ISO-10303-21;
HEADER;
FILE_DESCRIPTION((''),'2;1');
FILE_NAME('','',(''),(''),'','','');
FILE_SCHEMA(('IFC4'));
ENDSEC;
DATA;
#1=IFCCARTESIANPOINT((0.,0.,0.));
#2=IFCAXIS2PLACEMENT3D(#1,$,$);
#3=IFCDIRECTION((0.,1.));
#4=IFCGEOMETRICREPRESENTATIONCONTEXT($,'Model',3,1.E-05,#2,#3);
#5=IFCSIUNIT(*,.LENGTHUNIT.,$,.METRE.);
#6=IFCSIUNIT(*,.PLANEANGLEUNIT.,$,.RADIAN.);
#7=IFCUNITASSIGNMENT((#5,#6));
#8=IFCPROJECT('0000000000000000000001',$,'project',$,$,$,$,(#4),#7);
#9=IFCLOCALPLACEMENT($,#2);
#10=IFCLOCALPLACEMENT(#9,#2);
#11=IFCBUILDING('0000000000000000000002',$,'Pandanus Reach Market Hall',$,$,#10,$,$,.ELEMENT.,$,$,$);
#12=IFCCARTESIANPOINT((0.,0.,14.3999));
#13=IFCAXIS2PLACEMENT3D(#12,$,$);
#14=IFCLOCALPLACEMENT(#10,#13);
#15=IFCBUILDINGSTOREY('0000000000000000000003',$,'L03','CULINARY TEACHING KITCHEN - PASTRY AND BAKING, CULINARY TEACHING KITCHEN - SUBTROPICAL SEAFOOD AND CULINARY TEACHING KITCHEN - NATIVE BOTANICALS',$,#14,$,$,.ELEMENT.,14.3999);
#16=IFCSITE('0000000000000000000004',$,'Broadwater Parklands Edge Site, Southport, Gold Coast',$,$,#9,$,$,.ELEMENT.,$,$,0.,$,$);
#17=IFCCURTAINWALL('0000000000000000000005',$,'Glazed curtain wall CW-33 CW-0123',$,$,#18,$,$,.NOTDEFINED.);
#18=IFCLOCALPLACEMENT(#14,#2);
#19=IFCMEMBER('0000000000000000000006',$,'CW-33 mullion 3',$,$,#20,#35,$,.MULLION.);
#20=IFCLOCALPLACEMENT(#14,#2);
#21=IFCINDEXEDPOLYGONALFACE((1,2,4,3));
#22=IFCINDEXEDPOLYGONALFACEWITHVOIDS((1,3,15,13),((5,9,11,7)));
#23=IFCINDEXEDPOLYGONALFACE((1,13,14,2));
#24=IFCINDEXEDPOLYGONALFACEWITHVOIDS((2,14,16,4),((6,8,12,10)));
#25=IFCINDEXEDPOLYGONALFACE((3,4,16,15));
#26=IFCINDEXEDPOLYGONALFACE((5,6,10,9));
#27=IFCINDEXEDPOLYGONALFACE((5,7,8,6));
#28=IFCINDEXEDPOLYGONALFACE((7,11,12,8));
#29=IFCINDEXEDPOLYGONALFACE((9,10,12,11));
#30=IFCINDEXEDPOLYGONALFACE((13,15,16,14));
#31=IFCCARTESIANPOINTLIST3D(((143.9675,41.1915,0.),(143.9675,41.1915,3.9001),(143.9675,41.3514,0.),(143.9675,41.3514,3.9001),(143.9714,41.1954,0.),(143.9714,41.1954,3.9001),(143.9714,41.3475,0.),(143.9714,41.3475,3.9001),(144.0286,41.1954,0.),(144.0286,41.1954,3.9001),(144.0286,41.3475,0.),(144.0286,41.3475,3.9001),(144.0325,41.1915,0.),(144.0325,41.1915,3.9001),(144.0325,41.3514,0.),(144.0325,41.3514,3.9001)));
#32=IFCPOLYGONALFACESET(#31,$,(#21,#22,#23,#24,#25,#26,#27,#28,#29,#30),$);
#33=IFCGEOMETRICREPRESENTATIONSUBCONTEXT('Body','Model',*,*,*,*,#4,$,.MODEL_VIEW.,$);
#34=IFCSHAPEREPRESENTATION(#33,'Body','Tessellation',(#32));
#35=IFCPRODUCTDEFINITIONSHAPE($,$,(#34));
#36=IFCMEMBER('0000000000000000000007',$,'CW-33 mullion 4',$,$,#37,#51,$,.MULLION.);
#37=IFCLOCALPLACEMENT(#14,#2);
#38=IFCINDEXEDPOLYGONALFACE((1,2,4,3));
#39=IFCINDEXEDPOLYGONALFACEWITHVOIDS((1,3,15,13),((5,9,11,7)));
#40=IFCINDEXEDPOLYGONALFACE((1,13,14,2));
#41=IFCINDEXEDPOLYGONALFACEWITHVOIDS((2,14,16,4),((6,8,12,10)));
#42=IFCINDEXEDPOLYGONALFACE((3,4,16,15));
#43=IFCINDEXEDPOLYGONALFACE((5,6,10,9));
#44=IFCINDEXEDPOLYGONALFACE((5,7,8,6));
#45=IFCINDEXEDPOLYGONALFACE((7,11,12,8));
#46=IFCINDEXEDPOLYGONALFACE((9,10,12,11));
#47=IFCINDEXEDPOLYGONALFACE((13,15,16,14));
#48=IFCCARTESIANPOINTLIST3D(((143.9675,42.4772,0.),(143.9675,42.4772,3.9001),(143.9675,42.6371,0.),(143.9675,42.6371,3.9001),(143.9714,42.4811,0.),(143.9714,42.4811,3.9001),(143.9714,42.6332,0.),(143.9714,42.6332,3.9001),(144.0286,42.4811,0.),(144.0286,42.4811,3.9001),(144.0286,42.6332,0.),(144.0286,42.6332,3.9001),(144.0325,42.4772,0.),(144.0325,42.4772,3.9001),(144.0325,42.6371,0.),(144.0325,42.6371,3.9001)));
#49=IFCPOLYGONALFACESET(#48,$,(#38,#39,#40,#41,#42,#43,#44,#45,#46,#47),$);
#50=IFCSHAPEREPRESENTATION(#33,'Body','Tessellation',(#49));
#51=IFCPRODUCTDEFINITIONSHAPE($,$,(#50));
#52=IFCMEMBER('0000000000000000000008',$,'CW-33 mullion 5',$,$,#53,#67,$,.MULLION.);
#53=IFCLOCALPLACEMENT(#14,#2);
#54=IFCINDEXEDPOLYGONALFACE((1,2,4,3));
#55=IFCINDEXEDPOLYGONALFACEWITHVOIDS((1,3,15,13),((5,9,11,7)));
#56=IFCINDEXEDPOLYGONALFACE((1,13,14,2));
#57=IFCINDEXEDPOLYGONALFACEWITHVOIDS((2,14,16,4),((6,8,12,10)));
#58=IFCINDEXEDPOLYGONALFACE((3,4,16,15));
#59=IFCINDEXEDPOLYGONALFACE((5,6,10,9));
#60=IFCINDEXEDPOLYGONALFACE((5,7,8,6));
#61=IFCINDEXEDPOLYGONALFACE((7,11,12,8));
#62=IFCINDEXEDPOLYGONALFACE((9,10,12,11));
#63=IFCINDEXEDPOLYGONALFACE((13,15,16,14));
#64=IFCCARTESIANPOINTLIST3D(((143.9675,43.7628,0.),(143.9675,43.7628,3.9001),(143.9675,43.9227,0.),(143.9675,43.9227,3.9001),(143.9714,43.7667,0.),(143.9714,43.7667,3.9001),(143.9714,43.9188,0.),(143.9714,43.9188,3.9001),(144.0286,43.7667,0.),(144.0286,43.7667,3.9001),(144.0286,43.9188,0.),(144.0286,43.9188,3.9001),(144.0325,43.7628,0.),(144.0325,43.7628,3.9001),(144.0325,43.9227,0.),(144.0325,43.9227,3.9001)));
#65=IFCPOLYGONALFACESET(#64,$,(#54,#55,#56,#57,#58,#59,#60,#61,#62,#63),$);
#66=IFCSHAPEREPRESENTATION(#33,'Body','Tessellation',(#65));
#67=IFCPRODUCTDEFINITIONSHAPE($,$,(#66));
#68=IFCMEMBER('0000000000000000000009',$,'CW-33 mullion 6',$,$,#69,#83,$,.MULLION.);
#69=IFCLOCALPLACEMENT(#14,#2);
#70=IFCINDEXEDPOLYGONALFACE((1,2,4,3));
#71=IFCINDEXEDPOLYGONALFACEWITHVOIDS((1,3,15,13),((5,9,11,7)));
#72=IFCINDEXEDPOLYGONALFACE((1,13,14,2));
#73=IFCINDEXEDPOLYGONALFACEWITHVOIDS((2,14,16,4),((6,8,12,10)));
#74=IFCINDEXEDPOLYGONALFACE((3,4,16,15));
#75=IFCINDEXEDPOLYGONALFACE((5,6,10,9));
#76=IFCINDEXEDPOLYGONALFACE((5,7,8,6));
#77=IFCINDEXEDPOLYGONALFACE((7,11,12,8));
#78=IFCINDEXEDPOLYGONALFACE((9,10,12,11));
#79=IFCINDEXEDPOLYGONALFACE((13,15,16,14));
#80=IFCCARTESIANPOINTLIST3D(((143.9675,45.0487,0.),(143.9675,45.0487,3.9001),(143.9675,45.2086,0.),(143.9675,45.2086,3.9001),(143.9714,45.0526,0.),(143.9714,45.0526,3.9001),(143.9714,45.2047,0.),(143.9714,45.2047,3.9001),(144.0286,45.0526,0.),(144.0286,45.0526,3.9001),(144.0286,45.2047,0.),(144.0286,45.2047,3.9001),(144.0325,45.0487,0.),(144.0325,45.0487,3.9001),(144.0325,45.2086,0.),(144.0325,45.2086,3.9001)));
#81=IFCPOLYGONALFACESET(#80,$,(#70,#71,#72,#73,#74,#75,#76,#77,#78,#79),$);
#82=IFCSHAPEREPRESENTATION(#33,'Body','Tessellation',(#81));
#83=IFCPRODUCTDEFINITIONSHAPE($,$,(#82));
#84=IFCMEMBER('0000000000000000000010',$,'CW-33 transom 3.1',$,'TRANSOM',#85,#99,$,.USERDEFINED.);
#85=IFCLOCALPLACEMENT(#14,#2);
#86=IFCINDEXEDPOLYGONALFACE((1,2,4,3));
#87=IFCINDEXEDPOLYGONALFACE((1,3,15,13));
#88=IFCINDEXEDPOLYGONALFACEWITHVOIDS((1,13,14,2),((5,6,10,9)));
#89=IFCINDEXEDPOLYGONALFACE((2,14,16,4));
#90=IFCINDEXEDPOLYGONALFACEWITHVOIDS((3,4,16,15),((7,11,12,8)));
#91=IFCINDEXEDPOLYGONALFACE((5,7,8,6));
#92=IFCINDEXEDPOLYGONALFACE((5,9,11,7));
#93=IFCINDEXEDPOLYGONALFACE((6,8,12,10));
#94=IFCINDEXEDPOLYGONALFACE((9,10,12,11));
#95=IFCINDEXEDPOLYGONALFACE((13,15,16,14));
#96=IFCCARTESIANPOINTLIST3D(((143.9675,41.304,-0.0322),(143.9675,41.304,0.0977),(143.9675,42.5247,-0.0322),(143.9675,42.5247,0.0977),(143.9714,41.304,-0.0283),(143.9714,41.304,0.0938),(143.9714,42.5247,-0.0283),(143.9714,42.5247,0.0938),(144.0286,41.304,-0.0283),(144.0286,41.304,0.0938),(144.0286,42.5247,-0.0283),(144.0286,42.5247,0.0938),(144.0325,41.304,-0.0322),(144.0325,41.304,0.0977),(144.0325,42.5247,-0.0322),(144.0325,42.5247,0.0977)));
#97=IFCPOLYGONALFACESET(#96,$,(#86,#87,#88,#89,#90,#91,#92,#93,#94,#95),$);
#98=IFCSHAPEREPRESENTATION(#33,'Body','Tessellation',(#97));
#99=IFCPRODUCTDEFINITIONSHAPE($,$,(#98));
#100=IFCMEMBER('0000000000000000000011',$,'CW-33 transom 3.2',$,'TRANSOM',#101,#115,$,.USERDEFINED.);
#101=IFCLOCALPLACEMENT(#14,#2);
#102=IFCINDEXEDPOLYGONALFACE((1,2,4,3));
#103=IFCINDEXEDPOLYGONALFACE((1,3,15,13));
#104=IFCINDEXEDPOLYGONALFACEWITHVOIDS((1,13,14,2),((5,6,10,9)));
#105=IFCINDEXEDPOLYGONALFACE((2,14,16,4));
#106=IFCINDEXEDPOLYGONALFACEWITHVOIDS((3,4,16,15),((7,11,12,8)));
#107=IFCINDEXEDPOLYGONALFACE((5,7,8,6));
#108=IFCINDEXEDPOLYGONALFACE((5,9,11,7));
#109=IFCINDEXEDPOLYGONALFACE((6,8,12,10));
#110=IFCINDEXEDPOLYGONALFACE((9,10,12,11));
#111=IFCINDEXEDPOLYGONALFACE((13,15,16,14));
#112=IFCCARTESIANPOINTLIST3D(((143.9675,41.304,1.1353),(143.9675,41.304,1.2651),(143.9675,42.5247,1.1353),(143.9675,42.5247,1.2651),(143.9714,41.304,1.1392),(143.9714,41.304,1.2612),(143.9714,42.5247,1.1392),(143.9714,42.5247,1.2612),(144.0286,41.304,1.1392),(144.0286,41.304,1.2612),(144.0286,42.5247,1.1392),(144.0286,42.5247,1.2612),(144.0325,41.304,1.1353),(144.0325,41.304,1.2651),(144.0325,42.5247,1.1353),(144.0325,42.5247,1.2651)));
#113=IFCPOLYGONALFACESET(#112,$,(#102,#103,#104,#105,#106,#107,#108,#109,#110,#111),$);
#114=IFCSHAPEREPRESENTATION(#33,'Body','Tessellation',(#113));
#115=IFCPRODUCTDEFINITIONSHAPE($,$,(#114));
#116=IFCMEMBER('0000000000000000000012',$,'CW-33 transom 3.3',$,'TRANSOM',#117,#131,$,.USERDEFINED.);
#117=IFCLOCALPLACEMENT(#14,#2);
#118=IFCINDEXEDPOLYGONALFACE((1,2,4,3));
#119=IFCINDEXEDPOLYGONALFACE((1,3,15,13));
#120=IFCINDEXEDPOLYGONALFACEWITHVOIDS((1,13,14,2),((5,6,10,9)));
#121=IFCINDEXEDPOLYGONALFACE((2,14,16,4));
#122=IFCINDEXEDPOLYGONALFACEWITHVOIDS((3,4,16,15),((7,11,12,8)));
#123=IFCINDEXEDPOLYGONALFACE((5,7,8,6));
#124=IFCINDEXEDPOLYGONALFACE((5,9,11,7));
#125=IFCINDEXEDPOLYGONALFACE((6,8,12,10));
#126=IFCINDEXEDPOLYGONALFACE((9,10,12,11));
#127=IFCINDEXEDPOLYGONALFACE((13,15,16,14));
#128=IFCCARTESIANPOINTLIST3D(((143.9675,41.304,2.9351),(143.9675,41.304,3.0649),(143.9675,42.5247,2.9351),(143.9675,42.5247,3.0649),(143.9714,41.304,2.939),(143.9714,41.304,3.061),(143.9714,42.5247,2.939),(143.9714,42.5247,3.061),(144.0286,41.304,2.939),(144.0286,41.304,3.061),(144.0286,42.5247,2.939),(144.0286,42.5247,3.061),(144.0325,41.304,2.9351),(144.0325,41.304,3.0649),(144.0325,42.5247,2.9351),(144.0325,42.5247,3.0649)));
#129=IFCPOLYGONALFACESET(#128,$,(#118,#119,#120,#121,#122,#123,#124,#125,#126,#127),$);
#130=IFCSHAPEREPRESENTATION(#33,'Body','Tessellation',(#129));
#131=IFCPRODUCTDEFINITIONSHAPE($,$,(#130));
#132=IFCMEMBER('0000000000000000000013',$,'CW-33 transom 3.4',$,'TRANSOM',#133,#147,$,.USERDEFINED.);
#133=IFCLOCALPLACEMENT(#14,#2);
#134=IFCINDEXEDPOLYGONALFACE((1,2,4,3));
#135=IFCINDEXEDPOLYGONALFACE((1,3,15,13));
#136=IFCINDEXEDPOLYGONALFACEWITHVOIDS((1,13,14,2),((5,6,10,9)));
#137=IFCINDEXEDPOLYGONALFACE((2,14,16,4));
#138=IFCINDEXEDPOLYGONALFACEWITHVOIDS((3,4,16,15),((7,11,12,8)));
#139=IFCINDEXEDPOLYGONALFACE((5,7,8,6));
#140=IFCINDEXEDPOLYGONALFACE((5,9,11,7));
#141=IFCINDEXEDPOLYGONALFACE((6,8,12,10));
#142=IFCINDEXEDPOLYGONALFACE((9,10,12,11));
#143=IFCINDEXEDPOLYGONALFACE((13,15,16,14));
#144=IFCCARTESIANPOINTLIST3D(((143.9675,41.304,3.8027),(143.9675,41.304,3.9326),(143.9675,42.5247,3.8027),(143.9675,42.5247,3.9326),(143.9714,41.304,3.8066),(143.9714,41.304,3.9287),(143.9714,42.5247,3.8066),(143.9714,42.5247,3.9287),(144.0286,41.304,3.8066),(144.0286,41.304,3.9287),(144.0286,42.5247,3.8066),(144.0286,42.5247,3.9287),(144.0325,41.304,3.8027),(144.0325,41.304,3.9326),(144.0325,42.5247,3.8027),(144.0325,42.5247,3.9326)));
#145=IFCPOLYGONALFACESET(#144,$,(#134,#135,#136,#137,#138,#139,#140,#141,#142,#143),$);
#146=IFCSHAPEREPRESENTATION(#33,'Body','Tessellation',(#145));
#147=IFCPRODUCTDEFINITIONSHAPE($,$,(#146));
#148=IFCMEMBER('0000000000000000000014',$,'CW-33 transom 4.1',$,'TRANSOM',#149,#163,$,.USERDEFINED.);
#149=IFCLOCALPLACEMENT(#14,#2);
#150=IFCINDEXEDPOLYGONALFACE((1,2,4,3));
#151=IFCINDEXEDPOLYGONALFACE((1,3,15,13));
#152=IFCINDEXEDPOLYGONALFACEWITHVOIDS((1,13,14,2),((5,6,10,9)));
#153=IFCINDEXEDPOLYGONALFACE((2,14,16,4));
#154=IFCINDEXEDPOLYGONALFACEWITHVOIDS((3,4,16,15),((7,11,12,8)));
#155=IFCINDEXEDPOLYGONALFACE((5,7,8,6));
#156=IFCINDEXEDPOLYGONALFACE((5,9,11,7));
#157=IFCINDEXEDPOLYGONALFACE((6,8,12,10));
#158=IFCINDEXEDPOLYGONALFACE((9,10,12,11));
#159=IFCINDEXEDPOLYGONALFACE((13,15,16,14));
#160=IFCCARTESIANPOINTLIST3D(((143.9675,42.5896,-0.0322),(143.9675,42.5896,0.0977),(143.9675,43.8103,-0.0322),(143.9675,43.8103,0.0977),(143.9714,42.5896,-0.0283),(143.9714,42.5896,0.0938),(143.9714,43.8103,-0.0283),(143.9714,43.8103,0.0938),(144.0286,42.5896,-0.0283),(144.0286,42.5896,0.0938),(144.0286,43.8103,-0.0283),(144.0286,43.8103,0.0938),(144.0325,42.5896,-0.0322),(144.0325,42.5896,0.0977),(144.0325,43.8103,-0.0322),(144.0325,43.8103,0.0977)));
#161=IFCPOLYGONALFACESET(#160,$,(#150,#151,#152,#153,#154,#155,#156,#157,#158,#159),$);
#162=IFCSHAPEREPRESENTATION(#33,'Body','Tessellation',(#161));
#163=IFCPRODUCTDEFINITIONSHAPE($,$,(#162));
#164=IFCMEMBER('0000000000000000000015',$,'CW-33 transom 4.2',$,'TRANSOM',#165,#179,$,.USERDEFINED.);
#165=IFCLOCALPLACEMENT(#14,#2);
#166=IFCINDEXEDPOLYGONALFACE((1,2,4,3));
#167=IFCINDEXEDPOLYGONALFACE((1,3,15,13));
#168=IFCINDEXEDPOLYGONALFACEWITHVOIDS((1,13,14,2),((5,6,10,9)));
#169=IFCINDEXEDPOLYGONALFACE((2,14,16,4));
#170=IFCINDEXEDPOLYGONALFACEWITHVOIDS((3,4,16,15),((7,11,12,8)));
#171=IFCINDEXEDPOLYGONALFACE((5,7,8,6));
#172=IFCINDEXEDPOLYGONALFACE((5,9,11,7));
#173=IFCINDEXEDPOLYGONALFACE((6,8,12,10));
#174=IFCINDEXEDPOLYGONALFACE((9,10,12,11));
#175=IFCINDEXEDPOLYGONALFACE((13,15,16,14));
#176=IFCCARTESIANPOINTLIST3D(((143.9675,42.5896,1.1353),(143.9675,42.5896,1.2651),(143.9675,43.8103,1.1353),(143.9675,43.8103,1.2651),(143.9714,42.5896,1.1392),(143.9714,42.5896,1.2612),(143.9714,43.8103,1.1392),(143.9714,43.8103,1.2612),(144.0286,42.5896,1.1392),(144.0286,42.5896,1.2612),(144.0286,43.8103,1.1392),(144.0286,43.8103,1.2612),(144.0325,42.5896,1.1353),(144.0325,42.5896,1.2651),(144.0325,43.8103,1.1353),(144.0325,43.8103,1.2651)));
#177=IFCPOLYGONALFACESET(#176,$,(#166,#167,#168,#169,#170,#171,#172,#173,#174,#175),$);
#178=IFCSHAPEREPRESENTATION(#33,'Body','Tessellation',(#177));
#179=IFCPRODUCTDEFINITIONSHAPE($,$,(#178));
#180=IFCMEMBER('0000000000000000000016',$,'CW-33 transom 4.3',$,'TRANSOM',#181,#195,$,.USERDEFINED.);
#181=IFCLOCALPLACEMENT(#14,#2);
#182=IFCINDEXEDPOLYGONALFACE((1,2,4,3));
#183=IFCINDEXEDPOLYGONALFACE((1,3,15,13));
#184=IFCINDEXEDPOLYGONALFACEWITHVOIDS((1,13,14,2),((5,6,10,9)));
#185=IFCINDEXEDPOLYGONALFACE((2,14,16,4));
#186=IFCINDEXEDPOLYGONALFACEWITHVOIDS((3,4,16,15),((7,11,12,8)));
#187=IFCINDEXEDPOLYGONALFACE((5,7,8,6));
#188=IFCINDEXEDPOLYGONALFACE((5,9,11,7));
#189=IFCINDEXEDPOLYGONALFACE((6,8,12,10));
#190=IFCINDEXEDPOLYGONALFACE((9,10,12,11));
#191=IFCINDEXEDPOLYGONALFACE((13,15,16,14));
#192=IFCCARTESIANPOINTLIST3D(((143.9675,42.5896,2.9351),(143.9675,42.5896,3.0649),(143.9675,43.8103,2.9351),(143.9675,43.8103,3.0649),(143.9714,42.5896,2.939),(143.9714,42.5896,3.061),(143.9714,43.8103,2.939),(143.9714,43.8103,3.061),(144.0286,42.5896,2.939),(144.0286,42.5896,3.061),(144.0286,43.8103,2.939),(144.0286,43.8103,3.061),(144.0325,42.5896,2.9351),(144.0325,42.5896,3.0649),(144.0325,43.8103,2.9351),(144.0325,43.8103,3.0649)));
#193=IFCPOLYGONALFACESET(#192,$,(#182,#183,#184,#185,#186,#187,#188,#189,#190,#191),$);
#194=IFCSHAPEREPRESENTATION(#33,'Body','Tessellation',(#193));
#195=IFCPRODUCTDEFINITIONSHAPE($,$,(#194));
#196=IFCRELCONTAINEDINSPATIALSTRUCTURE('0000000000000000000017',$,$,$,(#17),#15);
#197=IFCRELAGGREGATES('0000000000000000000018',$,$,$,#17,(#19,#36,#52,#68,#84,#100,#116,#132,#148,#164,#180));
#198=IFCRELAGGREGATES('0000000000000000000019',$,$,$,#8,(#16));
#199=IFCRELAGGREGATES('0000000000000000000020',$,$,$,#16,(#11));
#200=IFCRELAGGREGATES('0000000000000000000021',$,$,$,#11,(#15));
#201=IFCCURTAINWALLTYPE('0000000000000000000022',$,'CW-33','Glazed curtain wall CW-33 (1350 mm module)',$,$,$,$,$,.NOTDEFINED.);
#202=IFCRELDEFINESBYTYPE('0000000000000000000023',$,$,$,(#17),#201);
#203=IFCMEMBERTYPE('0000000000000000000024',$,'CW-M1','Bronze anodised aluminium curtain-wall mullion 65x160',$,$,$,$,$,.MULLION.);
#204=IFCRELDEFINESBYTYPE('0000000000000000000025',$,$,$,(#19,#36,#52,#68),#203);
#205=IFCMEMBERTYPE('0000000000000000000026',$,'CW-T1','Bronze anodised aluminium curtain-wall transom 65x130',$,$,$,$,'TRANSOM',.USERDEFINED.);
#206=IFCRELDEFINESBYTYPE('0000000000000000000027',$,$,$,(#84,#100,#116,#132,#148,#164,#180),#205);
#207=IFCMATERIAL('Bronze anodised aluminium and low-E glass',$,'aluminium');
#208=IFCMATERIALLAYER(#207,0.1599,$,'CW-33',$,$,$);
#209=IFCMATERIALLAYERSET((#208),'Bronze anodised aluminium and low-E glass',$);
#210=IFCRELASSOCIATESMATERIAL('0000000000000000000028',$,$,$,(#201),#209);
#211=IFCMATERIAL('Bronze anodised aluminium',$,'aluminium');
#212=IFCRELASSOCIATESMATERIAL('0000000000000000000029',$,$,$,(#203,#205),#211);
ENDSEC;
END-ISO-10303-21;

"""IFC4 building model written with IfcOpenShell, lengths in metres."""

from ifc_helpers import new_model, si_unit, direction, frame, origin, origin_2d, place, context, subcontext, project, spatial, hollow_rectangle, extrude, material, layer, layer_set, material_profile, profile_set, type_object, element, aggregate, save


model = new_model("IFC4")

# Units and contexts
model_context = context("Model", 3, precision=1e-05, world=origin(), true_north=direction((0.0, 1.0)))
body_context = subcontext(model_context, "Body", "Model", "MODEL_VIEW")
ifc_project = project(units=[si_unit("LENGTHUNIT", "METRE"), si_unit("PLANEANGLEUNIT", "RADIAN")], contexts=[model_context])

# Site, building, storey
site_placement = place(None, origin())
site = spatial("IfcSite", under=ifc_project, at=site_placement, Name="Broadwater Parklands Edge Site, Southport, Gold Coast", CompositionType="ELEMENT", RefElevation=0.0)
building_placement = place(site_placement, origin())
building = spatial("IfcBuilding", under=site, at=building_placement, Name="Pandanus Reach Market Hall", CompositionType="ELEMENT")
storey_placement = place(building_placement, frame((0.0, 0.0, 14.3999)))
storey = spatial("IfcBuildingStorey", under=building, at=storey_placement, Name="L03", Description="CULINARY TEACHING KITCHEN - PASTRY AND BAKING, CULINARY TEACHING KITCHEN - SUBTROPICAL SEAFOOD AND CULINARY TEACHING KITCHEN - NATIVE BOTANICALS", CompositionType="ELEMENT", Elevation=14.3999)

# Curtain wall, members
ifc_material_1 = material(Name="Bronze anodised aluminium and low-E glass", Category="aluminium")
ifc_layer_1 = layer(ifc_material_1, 0.1599, Name="CW-33")
ifc_layer_set_1 = layer_set([ifc_layer_1], Name="Bronze anodised aluminium and low-E glass")
curtain_wall_type = type_object("IfcCurtainWallType", Name="CW-33", Description="Glazed curtain wall CW-33 (1350 mm module)", PredefinedType="NOTDEFINED", material=ifc_layer_set_1)
curtain_wall_placement = place(storey_placement, origin())
curtain_wall = element("IfcCurtainWall", 1, at=curtain_wall_placement, inside=storey, type_object=curtain_wall_type, Name="Glazed curtain wall CW-33 CW-0123", PredefinedType="NOTDEFINED")
ifc_material_2 = material(Name="Bronze anodised aluminium", Category="aluminium")
ifc_material_profile_1 = material_profile(ifc_material_2, hollow_rectangle(XDim=0.0649, YDim=0.1599, WallThickness=0.0039, at=origin_2d()), Name="ALU65x160", Category="LoadBearing")
ifc_profile_set_1 = profile_set([ifc_material_profile_1], Name="Bronze anodised aluminium")
member_type_1 = type_object("IfcMemberType", Name="CW-M1", Description="Bronze anodised aluminium curtain-wall mullion 65x160", PredefinedType="MULLION", material=ifc_profile_set_1)
member_1_placement = place(storey_placement, frame((144.0, 41.2715, 0.0), z_axis=(0.0, 0.0, 1.0), x_axis=(-1.0, 0.0, 0.0)))
member_1 = element("IfcMember", 2, at=member_1_placement, type_object=member_type_1, Name="CW-33 mullion 3", PredefinedType="MULLION", context=body_context, shape_type="SweptSolid", body=[
    extrude(hollow_rectangle(XDim=0.0649, YDim=0.1599, WallThickness=0.0039, at=origin_2d()), origin(), (0.0, 0.0, 1.0), 3.9001),
])
member_2_placement = place(storey_placement, frame((144.0, 42.5571, 0.0), z_axis=(0.0, 0.0, 1.0), x_axis=(-1.0, 0.0, 0.0)))
member_2 = element("IfcMember", 3, at=member_2_placement, type_object=member_type_1, Name="CW-33 mullion 4", PredefinedType="MULLION", context=body_context, shape_type="SweptSolid", body=[
    extrude(hollow_rectangle(XDim=0.0649, YDim=0.1599, WallThickness=0.0039, at=origin_2d()), origin(), (0.0, 0.0, 1.0), 3.9001),
])
member_3_placement = place(storey_placement, frame((144.0, 43.8428, 0.0), z_axis=(0.0, 0.0, 1.0), x_axis=(-1.0, 0.0, 0.0)))
member_3 = element("IfcMember", 4, at=member_3_placement, type_object=member_type_1, Name="CW-33 mullion 5", PredefinedType="MULLION", context=body_context, shape_type="SweptSolid", body=[
    extrude(hollow_rectangle(XDim=0.0649, YDim=0.1599, WallThickness=0.0039, at=origin_2d()), origin(), (0.0, 0.0, 1.0), 3.9001),
])
member_4_placement = place(storey_placement, frame((144.0, 45.1287, 0.0), z_axis=(0.0, 0.0, 1.0), x_axis=(-1.0, 0.0, 0.0)))
member_4 = element("IfcMember", 5, at=member_4_placement, type_object=member_type_1, Name="CW-33 mullion 6", PredefinedType="MULLION", context=body_context, shape_type="SweptSolid", body=[
    extrude(hollow_rectangle(XDim=0.0649, YDim=0.1599, WallThickness=0.0039, at=origin_2d()), origin(), (0.0, 0.0, 1.0), 3.9001),
])
ifc_material_profile_2 = material_profile(ifc_material_2, hollow_rectangle(XDim=0.0649, YDim=0.1299, WallThickness=0.0039, at=origin_2d()), Name="ALU65x130", Category="LoadBearing")
ifc_profile_set_2 = profile_set([ifc_material_profile_2], Name="Bronze anodised aluminium")
member_type_2 = type_object("IfcMemberType", Name="CW-T1", Description="Bronze anodised aluminium curtain-wall transom 65x130", ElementType="TRANSOM", PredefinedType="USERDEFINED", material=ifc_profile_set_2)
member_5_placement = place(storey_placement, frame((144.0, 41.304, 0.0327), z_axis=(0.0, 1.0, 0.0), x_axis=(-1.0, 0.0, 0.0)))
member_5 = element("IfcMember", 6, at=member_5_placement, type_object=member_type_2, Name="CW-33 transom 3.1", ObjectType="TRANSOM", PredefinedType="USERDEFINED", context=body_context, shape_type="SweptSolid", body=[
    extrude(hollow_rectangle(XDim=0.0649, YDim=0.1299, WallThickness=0.0039, at=origin_2d()), origin(), (0.0, 0.0, 1.0), 1.2207),
])
member_6_placement = place(storey_placement, frame((144.0, 41.304, 1.2002), z_axis=(0.0, 1.0, 0.0), x_axis=(-1.0, 0.0, 0.0)))
member_6 = element("IfcMember", 7, at=member_6_placement, type_object=member_type_2, Name="CW-33 transom 3.2", ObjectType="TRANSOM", PredefinedType="USERDEFINED", context=body_context, shape_type="SweptSolid", body=[
    extrude(hollow_rectangle(XDim=0.0649, YDim=0.1299, WallThickness=0.0039, at=origin_2d()), origin(), (0.0, 0.0, 1.0), 1.2207),
])
member_7_placement = place(storey_placement, frame((144.0, 41.304, 3.0), z_axis=(0.0, 1.0, 0.0), x_axis=(-1.0, 0.0, 0.0)))
member_7 = element("IfcMember", 8, at=member_7_placement, type_object=member_type_2, Name="CW-33 transom 3.3", ObjectType="TRANSOM", PredefinedType="USERDEFINED", context=body_context, shape_type="SweptSolid", body=[
    extrude(hollow_rectangle(XDim=0.0649, YDim=0.1299, WallThickness=0.0039, at=origin_2d()), origin(), (0.0, 0.0, 1.0), 1.2207),
])
member_8_placement = place(storey_placement, frame((144.0, 41.304, 3.8677), z_axis=(0.0, 1.0, 0.0), x_axis=(-1.0, 0.0, 0.0)))
member_8 = element("IfcMember", 9, at=member_8_placement, type_object=member_type_2, Name="CW-33 transom 3.4", ObjectType="TRANSOM", PredefinedType="USERDEFINED", context=body_context, shape_type="SweptSolid", body=[
    extrude(hollow_rectangle(XDim=0.0649, YDim=0.1299, WallThickness=0.0039, at=origin_2d()), origin(), (0.0, 0.0, 1.0), 1.2207),
])
member_9_placement = place(storey_placement, frame((144.0, 42.5896, 0.0327), z_axis=(0.0, 1.0, 0.0), x_axis=(-1.0, 0.0, 0.0)))
member_9 = element("IfcMember", 10, at=member_9_placement, type_object=member_type_2, Name="CW-33 transom 4.1", ObjectType="TRANSOM", PredefinedType="USERDEFINED", context=body_context, shape_type="SweptSolid", body=[
    extrude(hollow_rectangle(XDim=0.0649, YDim=0.1299, WallThickness=0.0039, at=origin_2d()), origin(), (0.0, 0.0, 1.0), 1.2207),
])
member_10_placement = place(storey_placement, frame((144.0, 42.5896, 1.2002), z_axis=(0.0, 1.0, 0.0), x_axis=(-1.0, 0.0, 0.0)))
member_10 = element("IfcMember", 11, at=member_10_placement, type_object=member_type_2, Name="CW-33 transom 4.2", ObjectType="TRANSOM", PredefinedType="USERDEFINED", context=body_context, shape_type="SweptSolid", body=[
    extrude(hollow_rectangle(XDim=0.0649, YDim=0.1299, WallThickness=0.0039, at=origin_2d()), origin(), (0.0, 0.0, 1.0), 1.2207),
])
member_11_placement = place(storey_placement, frame((144.0, 42.5896, 3.0), z_axis=(0.0, 1.0, 0.0), x_axis=(-1.0, 0.0, 0.0)))
member_11 = element("IfcMember", 12, at=member_11_placement, type_object=member_type_2, Name="CW-33 transom 4.3", ObjectType="TRANSOM", PredefinedType="USERDEFINED", context=body_context, shape_type="SweptSolid", body=[
    extrude(hollow_rectangle(XDim=0.0649, YDim=0.1299, WallThickness=0.0039, at=origin_2d()), origin(), (0.0, 0.0, 1.0), 1.2207),
])
aggregate(curtain_wall, [member_1, member_2, member_3, member_4, member_5, member_6, member_7, member_8, member_9, member_10, member_11])

save(model, "model.ifc")
